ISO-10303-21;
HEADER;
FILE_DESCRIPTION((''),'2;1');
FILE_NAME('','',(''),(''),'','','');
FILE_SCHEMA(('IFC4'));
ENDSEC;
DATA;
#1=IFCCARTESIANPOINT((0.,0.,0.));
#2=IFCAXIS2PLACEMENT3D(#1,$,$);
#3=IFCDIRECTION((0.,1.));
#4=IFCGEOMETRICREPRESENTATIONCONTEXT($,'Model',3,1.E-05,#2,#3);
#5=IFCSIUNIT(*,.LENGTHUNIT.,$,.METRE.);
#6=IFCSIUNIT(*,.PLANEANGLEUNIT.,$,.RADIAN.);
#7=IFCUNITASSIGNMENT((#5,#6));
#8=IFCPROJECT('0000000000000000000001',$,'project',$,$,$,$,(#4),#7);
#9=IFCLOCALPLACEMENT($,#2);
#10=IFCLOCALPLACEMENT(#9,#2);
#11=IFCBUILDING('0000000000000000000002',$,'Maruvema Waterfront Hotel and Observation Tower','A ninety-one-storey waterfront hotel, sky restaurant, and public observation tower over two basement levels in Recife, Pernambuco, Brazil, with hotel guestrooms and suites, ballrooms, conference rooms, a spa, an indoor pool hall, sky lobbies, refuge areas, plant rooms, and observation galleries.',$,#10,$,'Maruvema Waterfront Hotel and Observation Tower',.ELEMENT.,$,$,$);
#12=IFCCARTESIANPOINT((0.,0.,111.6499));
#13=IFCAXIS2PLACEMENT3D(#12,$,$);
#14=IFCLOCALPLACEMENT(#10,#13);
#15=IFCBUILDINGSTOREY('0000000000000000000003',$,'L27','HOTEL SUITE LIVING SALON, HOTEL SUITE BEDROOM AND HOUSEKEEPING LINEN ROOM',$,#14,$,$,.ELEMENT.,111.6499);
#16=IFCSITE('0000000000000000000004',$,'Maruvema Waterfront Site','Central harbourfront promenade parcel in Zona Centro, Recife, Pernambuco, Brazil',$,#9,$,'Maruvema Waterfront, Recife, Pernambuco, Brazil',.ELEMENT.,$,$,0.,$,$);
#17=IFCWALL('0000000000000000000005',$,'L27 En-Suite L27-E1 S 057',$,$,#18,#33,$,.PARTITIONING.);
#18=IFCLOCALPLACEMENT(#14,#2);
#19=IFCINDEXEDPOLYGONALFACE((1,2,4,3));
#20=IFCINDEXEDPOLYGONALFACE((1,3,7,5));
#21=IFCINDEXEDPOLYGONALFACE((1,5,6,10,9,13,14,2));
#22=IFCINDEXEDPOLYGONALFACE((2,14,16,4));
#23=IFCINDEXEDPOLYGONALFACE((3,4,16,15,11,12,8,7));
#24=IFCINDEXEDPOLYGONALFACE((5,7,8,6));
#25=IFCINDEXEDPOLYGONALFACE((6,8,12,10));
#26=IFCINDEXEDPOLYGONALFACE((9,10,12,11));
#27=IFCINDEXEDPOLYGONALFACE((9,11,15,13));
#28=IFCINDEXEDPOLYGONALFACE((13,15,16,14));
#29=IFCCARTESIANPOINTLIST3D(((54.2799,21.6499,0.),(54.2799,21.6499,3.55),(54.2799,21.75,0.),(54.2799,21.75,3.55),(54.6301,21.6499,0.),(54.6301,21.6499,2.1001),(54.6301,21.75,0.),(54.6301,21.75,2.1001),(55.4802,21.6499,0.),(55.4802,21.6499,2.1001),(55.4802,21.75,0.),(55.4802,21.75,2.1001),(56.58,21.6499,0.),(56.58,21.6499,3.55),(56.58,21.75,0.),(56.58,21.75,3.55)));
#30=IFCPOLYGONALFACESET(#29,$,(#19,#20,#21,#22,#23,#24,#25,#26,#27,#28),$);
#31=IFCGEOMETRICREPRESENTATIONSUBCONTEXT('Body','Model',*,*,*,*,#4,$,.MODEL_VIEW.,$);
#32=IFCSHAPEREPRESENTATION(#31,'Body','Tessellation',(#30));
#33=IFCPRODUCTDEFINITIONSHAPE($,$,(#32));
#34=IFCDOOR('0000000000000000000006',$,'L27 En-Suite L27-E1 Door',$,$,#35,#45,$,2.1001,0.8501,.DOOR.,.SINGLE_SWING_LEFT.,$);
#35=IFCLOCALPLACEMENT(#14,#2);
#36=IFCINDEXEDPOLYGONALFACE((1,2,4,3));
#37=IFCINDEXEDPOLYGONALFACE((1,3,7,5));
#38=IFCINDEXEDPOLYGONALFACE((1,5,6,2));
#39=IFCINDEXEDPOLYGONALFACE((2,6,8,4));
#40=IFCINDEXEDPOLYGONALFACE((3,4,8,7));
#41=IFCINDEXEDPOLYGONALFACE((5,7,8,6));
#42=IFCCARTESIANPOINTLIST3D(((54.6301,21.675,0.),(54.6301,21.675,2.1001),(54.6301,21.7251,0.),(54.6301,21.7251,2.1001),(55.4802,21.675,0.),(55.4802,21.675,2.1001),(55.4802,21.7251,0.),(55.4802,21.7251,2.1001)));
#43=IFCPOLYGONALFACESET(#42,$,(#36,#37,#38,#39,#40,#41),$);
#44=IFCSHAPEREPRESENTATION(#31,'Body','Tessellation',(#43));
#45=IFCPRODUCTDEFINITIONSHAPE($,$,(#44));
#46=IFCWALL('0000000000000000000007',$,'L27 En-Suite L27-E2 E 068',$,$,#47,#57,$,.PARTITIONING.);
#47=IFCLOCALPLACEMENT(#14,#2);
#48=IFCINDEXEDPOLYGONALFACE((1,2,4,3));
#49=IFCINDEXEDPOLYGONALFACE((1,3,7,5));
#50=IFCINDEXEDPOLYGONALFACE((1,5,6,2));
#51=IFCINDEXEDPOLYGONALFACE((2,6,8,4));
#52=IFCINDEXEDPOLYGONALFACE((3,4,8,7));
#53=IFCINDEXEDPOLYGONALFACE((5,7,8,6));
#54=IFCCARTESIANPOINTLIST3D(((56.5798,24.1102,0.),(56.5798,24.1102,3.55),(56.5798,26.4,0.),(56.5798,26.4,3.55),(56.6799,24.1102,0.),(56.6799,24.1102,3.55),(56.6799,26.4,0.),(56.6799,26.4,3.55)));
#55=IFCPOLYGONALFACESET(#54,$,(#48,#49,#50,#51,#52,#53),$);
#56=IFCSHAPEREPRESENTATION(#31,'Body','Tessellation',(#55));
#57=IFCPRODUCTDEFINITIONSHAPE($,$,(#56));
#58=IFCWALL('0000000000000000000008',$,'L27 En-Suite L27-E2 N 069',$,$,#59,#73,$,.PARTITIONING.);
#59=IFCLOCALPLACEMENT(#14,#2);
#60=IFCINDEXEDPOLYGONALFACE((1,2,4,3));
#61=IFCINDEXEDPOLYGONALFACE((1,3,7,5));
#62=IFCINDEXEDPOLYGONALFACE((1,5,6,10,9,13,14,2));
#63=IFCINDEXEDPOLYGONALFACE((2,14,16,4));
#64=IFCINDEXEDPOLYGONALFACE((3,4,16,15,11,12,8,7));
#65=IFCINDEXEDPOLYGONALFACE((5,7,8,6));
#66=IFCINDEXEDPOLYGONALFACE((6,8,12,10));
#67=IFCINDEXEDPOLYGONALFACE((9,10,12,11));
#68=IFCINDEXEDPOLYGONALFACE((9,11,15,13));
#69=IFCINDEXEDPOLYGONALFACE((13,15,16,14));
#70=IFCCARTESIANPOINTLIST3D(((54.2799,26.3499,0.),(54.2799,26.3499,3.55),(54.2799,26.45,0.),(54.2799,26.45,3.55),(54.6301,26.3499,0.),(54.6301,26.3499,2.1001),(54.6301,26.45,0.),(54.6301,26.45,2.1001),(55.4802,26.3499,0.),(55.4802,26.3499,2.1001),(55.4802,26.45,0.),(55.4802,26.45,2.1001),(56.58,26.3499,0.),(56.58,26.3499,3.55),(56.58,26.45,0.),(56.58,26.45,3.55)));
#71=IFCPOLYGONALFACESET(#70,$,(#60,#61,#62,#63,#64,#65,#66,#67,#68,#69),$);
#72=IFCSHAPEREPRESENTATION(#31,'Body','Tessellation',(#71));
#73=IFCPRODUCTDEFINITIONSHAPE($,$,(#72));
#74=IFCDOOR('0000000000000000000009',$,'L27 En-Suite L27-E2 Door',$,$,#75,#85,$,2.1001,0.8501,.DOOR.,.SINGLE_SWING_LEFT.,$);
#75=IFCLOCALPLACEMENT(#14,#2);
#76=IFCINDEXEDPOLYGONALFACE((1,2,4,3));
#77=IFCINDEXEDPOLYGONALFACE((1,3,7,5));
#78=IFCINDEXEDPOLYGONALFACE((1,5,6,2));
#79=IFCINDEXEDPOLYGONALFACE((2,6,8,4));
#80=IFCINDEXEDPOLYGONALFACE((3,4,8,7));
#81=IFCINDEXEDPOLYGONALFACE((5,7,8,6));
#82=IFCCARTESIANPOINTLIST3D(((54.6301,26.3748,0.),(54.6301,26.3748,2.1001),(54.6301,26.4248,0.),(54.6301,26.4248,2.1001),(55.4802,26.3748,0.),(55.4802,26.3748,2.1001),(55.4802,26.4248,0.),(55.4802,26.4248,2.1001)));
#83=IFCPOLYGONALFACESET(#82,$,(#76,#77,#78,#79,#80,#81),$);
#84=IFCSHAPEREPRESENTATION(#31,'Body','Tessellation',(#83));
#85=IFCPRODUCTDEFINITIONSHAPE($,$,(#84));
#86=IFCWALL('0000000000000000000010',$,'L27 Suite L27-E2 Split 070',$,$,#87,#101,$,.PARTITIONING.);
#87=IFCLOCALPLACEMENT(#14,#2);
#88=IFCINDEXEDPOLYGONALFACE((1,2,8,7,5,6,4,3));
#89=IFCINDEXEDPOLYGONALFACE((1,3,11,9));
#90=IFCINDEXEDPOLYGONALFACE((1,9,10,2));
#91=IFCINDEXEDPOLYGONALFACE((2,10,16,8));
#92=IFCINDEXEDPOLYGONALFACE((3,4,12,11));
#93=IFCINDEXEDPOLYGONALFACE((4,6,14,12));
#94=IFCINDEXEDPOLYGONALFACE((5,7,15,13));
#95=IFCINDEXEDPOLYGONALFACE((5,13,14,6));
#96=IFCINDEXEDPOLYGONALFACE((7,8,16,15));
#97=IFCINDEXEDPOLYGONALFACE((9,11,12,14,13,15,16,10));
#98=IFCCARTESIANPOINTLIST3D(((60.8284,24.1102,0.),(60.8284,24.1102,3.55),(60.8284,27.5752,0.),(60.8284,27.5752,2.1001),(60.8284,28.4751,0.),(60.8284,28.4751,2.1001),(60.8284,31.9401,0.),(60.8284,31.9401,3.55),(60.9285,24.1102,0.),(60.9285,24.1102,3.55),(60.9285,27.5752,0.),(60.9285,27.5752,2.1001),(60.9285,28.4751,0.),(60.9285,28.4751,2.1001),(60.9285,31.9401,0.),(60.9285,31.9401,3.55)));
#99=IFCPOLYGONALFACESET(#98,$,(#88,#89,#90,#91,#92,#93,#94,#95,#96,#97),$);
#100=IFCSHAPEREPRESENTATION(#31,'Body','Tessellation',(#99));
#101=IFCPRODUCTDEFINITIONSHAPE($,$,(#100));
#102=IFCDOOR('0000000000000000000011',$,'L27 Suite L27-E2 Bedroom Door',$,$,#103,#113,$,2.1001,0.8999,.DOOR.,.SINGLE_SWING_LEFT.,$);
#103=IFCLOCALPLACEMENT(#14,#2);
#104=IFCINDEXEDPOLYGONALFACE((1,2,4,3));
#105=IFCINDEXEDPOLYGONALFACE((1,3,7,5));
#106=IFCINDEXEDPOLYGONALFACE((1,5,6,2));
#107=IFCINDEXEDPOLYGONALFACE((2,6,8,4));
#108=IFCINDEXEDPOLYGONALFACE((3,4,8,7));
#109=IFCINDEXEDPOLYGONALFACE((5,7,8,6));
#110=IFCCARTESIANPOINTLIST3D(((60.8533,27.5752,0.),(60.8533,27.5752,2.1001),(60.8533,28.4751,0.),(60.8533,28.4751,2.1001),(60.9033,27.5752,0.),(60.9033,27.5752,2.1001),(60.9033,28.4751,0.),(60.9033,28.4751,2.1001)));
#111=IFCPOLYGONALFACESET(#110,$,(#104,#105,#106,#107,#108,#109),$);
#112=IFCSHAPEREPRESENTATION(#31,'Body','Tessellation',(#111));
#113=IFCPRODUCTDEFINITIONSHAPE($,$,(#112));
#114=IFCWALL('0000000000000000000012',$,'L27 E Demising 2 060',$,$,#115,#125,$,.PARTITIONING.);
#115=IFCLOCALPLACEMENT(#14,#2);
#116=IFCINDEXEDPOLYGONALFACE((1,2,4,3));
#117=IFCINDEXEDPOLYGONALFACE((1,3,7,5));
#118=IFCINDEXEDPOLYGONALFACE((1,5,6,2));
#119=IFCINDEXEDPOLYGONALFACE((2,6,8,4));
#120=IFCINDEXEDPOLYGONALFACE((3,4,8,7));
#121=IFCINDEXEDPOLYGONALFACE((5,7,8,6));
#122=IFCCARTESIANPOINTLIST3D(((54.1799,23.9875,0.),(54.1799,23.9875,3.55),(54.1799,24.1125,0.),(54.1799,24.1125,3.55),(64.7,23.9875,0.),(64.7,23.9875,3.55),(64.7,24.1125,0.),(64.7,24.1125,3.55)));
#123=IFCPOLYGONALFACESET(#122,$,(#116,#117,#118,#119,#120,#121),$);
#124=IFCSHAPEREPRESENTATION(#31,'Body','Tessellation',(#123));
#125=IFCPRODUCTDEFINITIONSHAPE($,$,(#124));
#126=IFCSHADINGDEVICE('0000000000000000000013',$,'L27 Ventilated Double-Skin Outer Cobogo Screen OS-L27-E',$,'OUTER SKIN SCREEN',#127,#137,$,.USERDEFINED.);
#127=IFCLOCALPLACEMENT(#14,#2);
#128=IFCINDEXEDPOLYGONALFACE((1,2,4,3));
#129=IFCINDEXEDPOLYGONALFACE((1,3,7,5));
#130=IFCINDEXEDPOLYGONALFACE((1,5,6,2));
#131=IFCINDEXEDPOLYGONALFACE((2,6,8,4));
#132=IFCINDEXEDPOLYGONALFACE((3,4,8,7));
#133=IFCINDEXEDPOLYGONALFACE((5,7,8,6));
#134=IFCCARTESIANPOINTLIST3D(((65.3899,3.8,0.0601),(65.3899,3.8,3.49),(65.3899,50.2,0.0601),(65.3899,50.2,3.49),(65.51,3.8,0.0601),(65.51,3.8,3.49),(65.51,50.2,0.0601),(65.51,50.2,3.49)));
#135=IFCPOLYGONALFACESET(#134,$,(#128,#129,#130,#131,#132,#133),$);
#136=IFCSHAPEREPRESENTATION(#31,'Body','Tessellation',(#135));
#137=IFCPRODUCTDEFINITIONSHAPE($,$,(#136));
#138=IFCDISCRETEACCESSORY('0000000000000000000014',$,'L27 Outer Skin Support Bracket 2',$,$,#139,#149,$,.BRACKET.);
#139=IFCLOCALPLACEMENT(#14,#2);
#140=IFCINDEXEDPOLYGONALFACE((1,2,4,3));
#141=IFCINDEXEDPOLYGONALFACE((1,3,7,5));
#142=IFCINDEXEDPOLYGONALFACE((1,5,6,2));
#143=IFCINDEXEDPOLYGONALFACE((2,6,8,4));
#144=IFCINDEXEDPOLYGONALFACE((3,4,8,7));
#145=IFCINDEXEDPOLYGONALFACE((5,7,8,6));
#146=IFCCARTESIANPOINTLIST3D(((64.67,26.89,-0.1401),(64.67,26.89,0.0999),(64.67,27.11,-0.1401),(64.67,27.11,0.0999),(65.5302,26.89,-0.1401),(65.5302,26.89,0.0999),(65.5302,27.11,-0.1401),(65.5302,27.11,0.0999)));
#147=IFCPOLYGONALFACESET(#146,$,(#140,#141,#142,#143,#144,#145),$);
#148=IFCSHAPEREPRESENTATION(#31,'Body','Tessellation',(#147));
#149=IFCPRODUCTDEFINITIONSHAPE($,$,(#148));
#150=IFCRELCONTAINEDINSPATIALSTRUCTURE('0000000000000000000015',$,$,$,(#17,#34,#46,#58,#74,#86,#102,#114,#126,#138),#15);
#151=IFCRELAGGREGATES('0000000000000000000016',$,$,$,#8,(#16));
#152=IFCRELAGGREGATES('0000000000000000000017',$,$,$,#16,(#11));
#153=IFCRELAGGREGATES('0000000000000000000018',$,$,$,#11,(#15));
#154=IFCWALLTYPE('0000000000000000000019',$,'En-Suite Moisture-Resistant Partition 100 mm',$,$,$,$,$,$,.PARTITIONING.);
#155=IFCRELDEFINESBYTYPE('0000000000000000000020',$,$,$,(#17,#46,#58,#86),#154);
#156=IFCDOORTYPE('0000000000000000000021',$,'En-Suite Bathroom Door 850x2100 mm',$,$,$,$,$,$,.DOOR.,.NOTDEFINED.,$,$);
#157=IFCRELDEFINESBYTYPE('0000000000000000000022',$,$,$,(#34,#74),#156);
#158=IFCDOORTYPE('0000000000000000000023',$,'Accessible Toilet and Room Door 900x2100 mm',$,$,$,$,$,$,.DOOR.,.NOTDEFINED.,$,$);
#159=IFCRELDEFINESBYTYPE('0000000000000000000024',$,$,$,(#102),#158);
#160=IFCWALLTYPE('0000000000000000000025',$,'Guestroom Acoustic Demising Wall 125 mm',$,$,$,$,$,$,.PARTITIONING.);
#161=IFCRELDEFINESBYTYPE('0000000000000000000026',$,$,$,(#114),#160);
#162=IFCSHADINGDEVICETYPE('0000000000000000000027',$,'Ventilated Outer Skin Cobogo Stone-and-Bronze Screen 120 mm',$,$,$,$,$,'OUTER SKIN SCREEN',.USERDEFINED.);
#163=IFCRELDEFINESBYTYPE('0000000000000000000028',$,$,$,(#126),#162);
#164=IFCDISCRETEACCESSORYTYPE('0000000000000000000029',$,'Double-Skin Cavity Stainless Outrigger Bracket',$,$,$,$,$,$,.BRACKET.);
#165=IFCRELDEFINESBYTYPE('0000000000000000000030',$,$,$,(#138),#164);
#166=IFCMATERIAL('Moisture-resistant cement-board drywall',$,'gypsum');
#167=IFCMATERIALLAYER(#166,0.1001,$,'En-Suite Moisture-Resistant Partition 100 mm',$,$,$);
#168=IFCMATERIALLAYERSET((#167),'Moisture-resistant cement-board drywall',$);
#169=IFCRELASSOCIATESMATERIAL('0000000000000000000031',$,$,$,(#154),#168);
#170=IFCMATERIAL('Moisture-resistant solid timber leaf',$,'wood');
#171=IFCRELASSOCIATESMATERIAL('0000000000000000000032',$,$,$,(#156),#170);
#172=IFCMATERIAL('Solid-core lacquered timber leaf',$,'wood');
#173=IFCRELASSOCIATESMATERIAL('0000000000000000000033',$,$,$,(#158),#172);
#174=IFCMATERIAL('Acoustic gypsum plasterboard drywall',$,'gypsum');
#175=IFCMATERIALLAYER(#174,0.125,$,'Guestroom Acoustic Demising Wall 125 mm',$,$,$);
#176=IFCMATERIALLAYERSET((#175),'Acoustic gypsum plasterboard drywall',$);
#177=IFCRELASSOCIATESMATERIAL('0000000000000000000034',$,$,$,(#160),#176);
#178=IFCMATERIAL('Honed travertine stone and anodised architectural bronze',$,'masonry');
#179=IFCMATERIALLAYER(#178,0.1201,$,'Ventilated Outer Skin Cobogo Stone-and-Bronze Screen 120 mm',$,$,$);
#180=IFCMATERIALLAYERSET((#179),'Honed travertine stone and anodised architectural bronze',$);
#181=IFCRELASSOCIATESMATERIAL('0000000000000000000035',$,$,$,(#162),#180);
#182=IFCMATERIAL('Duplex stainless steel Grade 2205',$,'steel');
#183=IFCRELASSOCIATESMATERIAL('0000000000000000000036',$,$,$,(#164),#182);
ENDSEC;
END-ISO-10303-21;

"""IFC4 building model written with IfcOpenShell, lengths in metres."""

from ifc_helpers import new_model, si_unit, direction, frame, frame_2d, origin, origin_2d, place, context, subcontext, project, spatial, rectangle, extrude, material, layer, layer_set, type_object, element, fill, save


model = new_model("IFC4")

# Units and contexts
model_context = context("Model", 3, precision=1e-05, world=origin(), true_north=direction((0.0, 1.0)))
body_context = subcontext(model_context, "Body", "Model", "MODEL_VIEW")
ifc_project = project(units=[si_unit("LENGTHUNIT", "METRE"), si_unit("PLANEANGLEUNIT", "RADIAN")], contexts=[model_context])

# Site, building, storey
site_placement = place(None, origin())
site = spatial("IfcSite", under=ifc_project, at=site_placement, Name="Maruvema Waterfront Site", Description="Central harbourfront promenade parcel in Zona Centro, Recife, Pernambuco, Brazil", LongName="Maruvema Waterfront, Recife, Pernambuco, Brazil", CompositionType="ELEMENT", RefElevation=0.0)
building_placement = place(site_placement, origin())
building = spatial("IfcBuilding", under=site, at=building_placement, Name="Maruvema Waterfront Hotel and Observation Tower", Description="A ninety-one-storey waterfront hotel, sky restaurant, and public observation tower over two basement levels in Recife, Pernambuco, Brazil, with hotel guestrooms and suites, ballrooms, conference rooms, a spa, an indoor pool hall, sky lobbies, refuge areas, plant rooms, and observation galleries.", LongName="Maruvema Waterfront Hotel and Observation Tower", CompositionType="ELEMENT")
storey_placement = place(building_placement, frame((0.0, 0.0, 111.6499)))
storey = spatial("IfcBuildingStorey", under=building, at=storey_placement, Name="L27", Description="HOTEL SUITE LIVING SALON, HOTEL SUITE BEDROOM AND HOUSEKEEPING LINEN ROOM", CompositionType="ELEMENT", Elevation=111.6499)

# Shared definitions
ifc_material_1 = material(Name="Moisture-resistant cement-board drywall", Category="gypsum")
ifc_layer_1 = layer(ifc_material_1, 0.1001, Name="En-Suite Moisture-Resistant Partition 100 mm")
ifc_layer_set_1 = layer_set([ifc_layer_1], Name="Moisture-resistant cement-board drywall")
wall_type_1 = type_object("IfcWallType", Name="En-Suite Moisture-Resistant Partition 100 mm", PredefinedType="PARTITIONING", material=ifc_layer_set_1)

# Wall, opening, door
wall_1_placement = place(storey_placement, frame((54.28, 21.7, 0.0), z_axis=(0.0, 0.0, 1.0), x_axis=(1.0, 0.0, 0.0)))
wall_1 = element("IfcWall", 1, at=wall_1_placement, inside=storey, type_object=wall_type_1, Name="L27 En-Suite L27-E1 S 057", PredefinedType="PARTITIONING", context=body_context, shape_type="SweptSolid", body=[
    extrude(rectangle(XDim=2.3, YDim=0.1001, at=frame_2d((1.1499, 0.0))), origin(), (0.0, 0.0, 1.0), 3.55),
])
opening_1_placement = place(wall_1_placement, frame((0.3501, 0.0, 0.0)))
opening_1 = element("IfcOpeningElement", 2, at=opening_1_placement, cuts=wall_1, PredefinedType="OPENING", context=body_context, shape_type="SweptSolid", body=[
    extrude(rectangle(XDim=0.8501, YDim=2.1001, at=frame_2d((0.425, 1.05))), frame((0.0, 0.0601, 0.0), z_axis=(0.0, -1.0, 0.0), x_axis=(1.0, 0.0, 0.0)), (0.0, 0.0, 1.0), 0.1201),
])
ifc_material_2 = material(Name="Moisture-resistant solid timber leaf", Category="wood")
door_type_1 = type_object("IfcDoorType", Name="En-Suite Bathroom Door 850x2100 mm", OperationType="NOTDEFINED", PredefinedType="DOOR", material=ifc_material_2)
door_1_placement = place(opening_1_placement, frame((0.8501, 0.0, 0.0), z_axis=(0.0, 0.0, 1.0), x_axis=(-1.0, 0.0, 0.0)))
door_1 = element("IfcDoor", 3, at=door_1_placement, inside=storey, type_object=door_type_1, Name="L27 En-Suite L27-E1 Door", OperationType="SINGLE_SWING_LEFT", OverallHeight=2.1001, OverallWidth=0.8501, PredefinedType="DOOR", context=body_context, shape_type="SweptSolid", body=[
    extrude(rectangle(XDim=0.8501, YDim=2.1001, at=frame_2d((0.425, 1.05))), frame((0.0, 0.0249, 0.0), z_axis=(0.0, -1.0, 0.0), x_axis=(1.0, 0.0, 0.0)), (0.0, 0.0, 1.0), 0.05),
])
fill(opening_1, door_1)

# Wall
wall_2_placement = place(storey_placement, frame((56.6299, 24.1101, 0.0), z_axis=(0.0, 0.0, 1.0), x_axis=(0.0, 1.0, 0.0)))
element("IfcWall", 4, at=wall_2_placement, inside=storey, type_object=wall_type_1, Name="L27 En-Suite L27-E2 E 068", PredefinedType="PARTITIONING", context=body_context, shape_type="SweptSolid", body=[
    extrude(rectangle(XDim=2.2898, YDim=0.1001, at=frame_2d((1.145, 0.0))), origin(), (0.0, 0.0, 1.0), 3.55),
])

# Walls, openings, doors
wall_3_placement = place(storey_placement, frame((54.28, 26.3999, 0.0), z_axis=(0.0, 0.0, 1.0), x_axis=(1.0, 0.0, 0.0)))
wall_3 = element("IfcWall", 5, at=wall_3_placement, inside=storey, type_object=wall_type_1, Name="L27 En-Suite L27-E2 N 069", PredefinedType="PARTITIONING", context=body_context, shape_type="SweptSolid", body=[
    extrude(rectangle(XDim=2.3, YDim=0.1001, at=frame_2d((1.1499, 0.0))), origin(), (0.0, 0.0, 1.0), 3.55),
])
opening_2_placement = place(wall_3_placement, frame((0.3501, 0.0, 0.0)))
opening_2 = element("IfcOpeningElement", 6, at=opening_2_placement, cuts=wall_3, PredefinedType="OPENING", context=body_context, shape_type="SweptSolid", body=[
    extrude(rectangle(XDim=0.8501, YDim=2.1001, at=frame_2d((0.425, 1.05))), frame((0.0, 0.0601, 0.0), z_axis=(0.0, -1.0, 0.0), x_axis=(1.0, 0.0, 0.0)), (0.0, 0.0, 1.0), 0.1201),
])
door_2_placement = place(opening_2_placement, origin())
door_2 = element("IfcDoor", 7, at=door_2_placement, inside=storey, type_object=door_type_1, Name="L27 En-Suite L27-E2 Door", OperationType="SINGLE_SWING_LEFT", OverallHeight=2.1001, OverallWidth=0.8501, PredefinedType="DOOR", context=body_context, shape_type="SweptSolid", body=[
    extrude(rectangle(XDim=0.8501, YDim=2.1001, at=frame_2d((0.425, 1.05))), frame((0.0, 0.0249, 0.0), z_axis=(0.0, -1.0, 0.0), x_axis=(1.0, 0.0, 0.0)), (0.0, 0.0, 1.0), 0.05),
])
fill(opening_2, door_2)
wall_4_placement = place(storey_placement, frame((60.8784, 24.1101, 0.0), z_axis=(0.0, 0.0, 1.0), x_axis=(0.0, 1.0, 0.0)))
wall_4 = element("IfcWall", 8, at=wall_4_placement, inside=storey, type_object=wall_type_1, Name="L27 Suite L27-E2 Split 070", PredefinedType="PARTITIONING", context=body_context, shape_type="SweptSolid", body=[
    extrude(rectangle(XDim=7.8298, YDim=0.1001, at=frame_2d((3.915, 0.0))), origin(), (0.0, 0.0, 1.0), 3.55),
])
opening_3_placement = place(wall_4_placement, frame((3.4651, 0.0, 0.0)))
opening_3 = element("IfcOpeningElement", 9, at=opening_3_placement, cuts=wall_4, PredefinedType="OPENING", context=body_context, shape_type="SweptSolid", body=[
    extrude(rectangle(XDim=0.8999, YDim=2.1001, at=frame_2d((0.45, 1.05))), frame((0.0, 0.0601, 0.0), z_axis=(0.0, -1.0, 0.0), x_axis=(1.0, 0.0, 0.0)), (0.0, 0.0, 1.0), 0.1201),
])
ifc_material_3 = material(Name="Solid-core lacquered timber leaf", Category="wood")
door_type_2 = type_object("IfcDoorType", Name="Accessible Toilet and Room Door 900x2100 mm", OperationType="NOTDEFINED", PredefinedType="DOOR", material=ifc_material_3)
door_3_placement = place(opening_3_placement, frame((0.8999, 0.0, 0.0), z_axis=(0.0, 0.0, 1.0), x_axis=(-1.0, 0.0, 0.0)))
door_3 = element("IfcDoor", 10, at=door_3_placement, inside=storey, type_object=door_type_2, Name="L27 Suite L27-E2 Bedroom Door", OperationType="SINGLE_SWING_LEFT", OverallHeight=2.1001, OverallWidth=0.8999, PredefinedType="DOOR", context=body_context, shape_type="SweptSolid", body=[
    extrude(rectangle(XDim=0.8999, YDim=2.1001, at=frame_2d((0.45, 1.05))), frame((0.0, 0.0249, 0.0), z_axis=(0.0, -1.0, 0.0), x_axis=(1.0, 0.0, 0.0)), (0.0, 0.0, 1.0), 0.05),
])
fill(opening_3, door_3)

# Wall
ifc_material_4 = material(Name="Acoustic gypsum plasterboard drywall", Category="gypsum")
ifc_layer_2 = layer(ifc_material_4, 0.125, Name="Guestroom Acoustic Demising Wall 125 mm")
ifc_layer_set_2 = layer_set([ifc_layer_2], Name="Acoustic gypsum plasterboard drywall")
wall_type_2 = type_object("IfcWallType", Name="Guestroom Acoustic Demising Wall 125 mm", PredefinedType="PARTITIONING", material=ifc_layer_set_2)
wall_5_placement = place(storey_placement, frame((54.1799, 24.05, 0.0), z_axis=(0.0, 0.0, 1.0), x_axis=(1.0, 0.0, 0.0)))
element("IfcWall", 11, at=wall_5_placement, inside=storey, type_object=wall_type_2, Name="L27 E Demising 2 060", PredefinedType="PARTITIONING", context=body_context, shape_type="SweptSolid", body=[
    extrude(rectangle(XDim=10.52, YDim=0.125, at=frame_2d((5.26, 0.0))), origin(), (0.0, 0.0, 1.0), 3.55),
])

# Shading device
ifc_material_5 = material(Name="Honed travertine stone and anodised architectural bronze", Category="masonry")
ifc_layer_3 = layer(ifc_material_5, 0.1201, Name="Ventilated Outer Skin Cobogo Stone-and-Bronze Screen 120 mm")
ifc_layer_set_3 = layer_set([ifc_layer_3], Name="Honed travertine stone and anodised architectural bronze")
shading_device_type = type_object("IfcShadingDeviceType", Name="Ventilated Outer Skin Cobogo Stone-and-Bronze Screen 120 mm", ElementType="OUTER SKIN SCREEN", PredefinedType="USERDEFINED", material=ifc_layer_set_3)
shading_device_placement = place(storey_placement, frame((65.45, 27.0, 0.0601), z_axis=(0.0, 0.0, 1.0), x_axis=(0.0, 1.0, 0.0)))
element("IfcShadingDevice", 12, at=shading_device_placement, inside=storey, type_object=shading_device_type, Name="L27 Ventilated Double-Skin Outer Cobogo Screen OS-L27-E", ObjectType="OUTER SKIN SCREEN", PredefinedType="USERDEFINED", context=body_context, shape_type="SweptSolid", body=[
    extrude(rectangle(XDim=46.3999, YDim=0.1201, at=origin_2d()), origin(), (0.0, 0.0, 1.0), 3.4299),
])

# Discrete accessory
ifc_material_6 = material(Name="Duplex stainless steel Grade 2205", Category="steel")
discrete_accessory_type = type_object("IfcDiscreteAccessoryType", Name="Double-Skin Cavity Stainless Outrigger Bracket", PredefinedType="BRACKET", material=ifc_material_6)
discrete_accessory_placement = place(storey_placement, frame((65.1001, 27.0, -0.1401), z_axis=(0.0, 0.0, 1.0), x_axis=(0.0, 1.0, 0.0)))
element("IfcDiscreteAccessory", 13, at=discrete_accessory_placement, inside=storey, type_object=discrete_accessory_type, Name="L27 Outer Skin Support Bracket 2", PredefinedType="BRACKET", context=body_context, shape_type="SweptSolid", body=[
    extrude(rectangle(XDim=0.22, YDim=0.8601, at=origin_2d()), origin(), (0.0, 0.0, 1.0), 0.24),
])

save(model, "model.ifc")
